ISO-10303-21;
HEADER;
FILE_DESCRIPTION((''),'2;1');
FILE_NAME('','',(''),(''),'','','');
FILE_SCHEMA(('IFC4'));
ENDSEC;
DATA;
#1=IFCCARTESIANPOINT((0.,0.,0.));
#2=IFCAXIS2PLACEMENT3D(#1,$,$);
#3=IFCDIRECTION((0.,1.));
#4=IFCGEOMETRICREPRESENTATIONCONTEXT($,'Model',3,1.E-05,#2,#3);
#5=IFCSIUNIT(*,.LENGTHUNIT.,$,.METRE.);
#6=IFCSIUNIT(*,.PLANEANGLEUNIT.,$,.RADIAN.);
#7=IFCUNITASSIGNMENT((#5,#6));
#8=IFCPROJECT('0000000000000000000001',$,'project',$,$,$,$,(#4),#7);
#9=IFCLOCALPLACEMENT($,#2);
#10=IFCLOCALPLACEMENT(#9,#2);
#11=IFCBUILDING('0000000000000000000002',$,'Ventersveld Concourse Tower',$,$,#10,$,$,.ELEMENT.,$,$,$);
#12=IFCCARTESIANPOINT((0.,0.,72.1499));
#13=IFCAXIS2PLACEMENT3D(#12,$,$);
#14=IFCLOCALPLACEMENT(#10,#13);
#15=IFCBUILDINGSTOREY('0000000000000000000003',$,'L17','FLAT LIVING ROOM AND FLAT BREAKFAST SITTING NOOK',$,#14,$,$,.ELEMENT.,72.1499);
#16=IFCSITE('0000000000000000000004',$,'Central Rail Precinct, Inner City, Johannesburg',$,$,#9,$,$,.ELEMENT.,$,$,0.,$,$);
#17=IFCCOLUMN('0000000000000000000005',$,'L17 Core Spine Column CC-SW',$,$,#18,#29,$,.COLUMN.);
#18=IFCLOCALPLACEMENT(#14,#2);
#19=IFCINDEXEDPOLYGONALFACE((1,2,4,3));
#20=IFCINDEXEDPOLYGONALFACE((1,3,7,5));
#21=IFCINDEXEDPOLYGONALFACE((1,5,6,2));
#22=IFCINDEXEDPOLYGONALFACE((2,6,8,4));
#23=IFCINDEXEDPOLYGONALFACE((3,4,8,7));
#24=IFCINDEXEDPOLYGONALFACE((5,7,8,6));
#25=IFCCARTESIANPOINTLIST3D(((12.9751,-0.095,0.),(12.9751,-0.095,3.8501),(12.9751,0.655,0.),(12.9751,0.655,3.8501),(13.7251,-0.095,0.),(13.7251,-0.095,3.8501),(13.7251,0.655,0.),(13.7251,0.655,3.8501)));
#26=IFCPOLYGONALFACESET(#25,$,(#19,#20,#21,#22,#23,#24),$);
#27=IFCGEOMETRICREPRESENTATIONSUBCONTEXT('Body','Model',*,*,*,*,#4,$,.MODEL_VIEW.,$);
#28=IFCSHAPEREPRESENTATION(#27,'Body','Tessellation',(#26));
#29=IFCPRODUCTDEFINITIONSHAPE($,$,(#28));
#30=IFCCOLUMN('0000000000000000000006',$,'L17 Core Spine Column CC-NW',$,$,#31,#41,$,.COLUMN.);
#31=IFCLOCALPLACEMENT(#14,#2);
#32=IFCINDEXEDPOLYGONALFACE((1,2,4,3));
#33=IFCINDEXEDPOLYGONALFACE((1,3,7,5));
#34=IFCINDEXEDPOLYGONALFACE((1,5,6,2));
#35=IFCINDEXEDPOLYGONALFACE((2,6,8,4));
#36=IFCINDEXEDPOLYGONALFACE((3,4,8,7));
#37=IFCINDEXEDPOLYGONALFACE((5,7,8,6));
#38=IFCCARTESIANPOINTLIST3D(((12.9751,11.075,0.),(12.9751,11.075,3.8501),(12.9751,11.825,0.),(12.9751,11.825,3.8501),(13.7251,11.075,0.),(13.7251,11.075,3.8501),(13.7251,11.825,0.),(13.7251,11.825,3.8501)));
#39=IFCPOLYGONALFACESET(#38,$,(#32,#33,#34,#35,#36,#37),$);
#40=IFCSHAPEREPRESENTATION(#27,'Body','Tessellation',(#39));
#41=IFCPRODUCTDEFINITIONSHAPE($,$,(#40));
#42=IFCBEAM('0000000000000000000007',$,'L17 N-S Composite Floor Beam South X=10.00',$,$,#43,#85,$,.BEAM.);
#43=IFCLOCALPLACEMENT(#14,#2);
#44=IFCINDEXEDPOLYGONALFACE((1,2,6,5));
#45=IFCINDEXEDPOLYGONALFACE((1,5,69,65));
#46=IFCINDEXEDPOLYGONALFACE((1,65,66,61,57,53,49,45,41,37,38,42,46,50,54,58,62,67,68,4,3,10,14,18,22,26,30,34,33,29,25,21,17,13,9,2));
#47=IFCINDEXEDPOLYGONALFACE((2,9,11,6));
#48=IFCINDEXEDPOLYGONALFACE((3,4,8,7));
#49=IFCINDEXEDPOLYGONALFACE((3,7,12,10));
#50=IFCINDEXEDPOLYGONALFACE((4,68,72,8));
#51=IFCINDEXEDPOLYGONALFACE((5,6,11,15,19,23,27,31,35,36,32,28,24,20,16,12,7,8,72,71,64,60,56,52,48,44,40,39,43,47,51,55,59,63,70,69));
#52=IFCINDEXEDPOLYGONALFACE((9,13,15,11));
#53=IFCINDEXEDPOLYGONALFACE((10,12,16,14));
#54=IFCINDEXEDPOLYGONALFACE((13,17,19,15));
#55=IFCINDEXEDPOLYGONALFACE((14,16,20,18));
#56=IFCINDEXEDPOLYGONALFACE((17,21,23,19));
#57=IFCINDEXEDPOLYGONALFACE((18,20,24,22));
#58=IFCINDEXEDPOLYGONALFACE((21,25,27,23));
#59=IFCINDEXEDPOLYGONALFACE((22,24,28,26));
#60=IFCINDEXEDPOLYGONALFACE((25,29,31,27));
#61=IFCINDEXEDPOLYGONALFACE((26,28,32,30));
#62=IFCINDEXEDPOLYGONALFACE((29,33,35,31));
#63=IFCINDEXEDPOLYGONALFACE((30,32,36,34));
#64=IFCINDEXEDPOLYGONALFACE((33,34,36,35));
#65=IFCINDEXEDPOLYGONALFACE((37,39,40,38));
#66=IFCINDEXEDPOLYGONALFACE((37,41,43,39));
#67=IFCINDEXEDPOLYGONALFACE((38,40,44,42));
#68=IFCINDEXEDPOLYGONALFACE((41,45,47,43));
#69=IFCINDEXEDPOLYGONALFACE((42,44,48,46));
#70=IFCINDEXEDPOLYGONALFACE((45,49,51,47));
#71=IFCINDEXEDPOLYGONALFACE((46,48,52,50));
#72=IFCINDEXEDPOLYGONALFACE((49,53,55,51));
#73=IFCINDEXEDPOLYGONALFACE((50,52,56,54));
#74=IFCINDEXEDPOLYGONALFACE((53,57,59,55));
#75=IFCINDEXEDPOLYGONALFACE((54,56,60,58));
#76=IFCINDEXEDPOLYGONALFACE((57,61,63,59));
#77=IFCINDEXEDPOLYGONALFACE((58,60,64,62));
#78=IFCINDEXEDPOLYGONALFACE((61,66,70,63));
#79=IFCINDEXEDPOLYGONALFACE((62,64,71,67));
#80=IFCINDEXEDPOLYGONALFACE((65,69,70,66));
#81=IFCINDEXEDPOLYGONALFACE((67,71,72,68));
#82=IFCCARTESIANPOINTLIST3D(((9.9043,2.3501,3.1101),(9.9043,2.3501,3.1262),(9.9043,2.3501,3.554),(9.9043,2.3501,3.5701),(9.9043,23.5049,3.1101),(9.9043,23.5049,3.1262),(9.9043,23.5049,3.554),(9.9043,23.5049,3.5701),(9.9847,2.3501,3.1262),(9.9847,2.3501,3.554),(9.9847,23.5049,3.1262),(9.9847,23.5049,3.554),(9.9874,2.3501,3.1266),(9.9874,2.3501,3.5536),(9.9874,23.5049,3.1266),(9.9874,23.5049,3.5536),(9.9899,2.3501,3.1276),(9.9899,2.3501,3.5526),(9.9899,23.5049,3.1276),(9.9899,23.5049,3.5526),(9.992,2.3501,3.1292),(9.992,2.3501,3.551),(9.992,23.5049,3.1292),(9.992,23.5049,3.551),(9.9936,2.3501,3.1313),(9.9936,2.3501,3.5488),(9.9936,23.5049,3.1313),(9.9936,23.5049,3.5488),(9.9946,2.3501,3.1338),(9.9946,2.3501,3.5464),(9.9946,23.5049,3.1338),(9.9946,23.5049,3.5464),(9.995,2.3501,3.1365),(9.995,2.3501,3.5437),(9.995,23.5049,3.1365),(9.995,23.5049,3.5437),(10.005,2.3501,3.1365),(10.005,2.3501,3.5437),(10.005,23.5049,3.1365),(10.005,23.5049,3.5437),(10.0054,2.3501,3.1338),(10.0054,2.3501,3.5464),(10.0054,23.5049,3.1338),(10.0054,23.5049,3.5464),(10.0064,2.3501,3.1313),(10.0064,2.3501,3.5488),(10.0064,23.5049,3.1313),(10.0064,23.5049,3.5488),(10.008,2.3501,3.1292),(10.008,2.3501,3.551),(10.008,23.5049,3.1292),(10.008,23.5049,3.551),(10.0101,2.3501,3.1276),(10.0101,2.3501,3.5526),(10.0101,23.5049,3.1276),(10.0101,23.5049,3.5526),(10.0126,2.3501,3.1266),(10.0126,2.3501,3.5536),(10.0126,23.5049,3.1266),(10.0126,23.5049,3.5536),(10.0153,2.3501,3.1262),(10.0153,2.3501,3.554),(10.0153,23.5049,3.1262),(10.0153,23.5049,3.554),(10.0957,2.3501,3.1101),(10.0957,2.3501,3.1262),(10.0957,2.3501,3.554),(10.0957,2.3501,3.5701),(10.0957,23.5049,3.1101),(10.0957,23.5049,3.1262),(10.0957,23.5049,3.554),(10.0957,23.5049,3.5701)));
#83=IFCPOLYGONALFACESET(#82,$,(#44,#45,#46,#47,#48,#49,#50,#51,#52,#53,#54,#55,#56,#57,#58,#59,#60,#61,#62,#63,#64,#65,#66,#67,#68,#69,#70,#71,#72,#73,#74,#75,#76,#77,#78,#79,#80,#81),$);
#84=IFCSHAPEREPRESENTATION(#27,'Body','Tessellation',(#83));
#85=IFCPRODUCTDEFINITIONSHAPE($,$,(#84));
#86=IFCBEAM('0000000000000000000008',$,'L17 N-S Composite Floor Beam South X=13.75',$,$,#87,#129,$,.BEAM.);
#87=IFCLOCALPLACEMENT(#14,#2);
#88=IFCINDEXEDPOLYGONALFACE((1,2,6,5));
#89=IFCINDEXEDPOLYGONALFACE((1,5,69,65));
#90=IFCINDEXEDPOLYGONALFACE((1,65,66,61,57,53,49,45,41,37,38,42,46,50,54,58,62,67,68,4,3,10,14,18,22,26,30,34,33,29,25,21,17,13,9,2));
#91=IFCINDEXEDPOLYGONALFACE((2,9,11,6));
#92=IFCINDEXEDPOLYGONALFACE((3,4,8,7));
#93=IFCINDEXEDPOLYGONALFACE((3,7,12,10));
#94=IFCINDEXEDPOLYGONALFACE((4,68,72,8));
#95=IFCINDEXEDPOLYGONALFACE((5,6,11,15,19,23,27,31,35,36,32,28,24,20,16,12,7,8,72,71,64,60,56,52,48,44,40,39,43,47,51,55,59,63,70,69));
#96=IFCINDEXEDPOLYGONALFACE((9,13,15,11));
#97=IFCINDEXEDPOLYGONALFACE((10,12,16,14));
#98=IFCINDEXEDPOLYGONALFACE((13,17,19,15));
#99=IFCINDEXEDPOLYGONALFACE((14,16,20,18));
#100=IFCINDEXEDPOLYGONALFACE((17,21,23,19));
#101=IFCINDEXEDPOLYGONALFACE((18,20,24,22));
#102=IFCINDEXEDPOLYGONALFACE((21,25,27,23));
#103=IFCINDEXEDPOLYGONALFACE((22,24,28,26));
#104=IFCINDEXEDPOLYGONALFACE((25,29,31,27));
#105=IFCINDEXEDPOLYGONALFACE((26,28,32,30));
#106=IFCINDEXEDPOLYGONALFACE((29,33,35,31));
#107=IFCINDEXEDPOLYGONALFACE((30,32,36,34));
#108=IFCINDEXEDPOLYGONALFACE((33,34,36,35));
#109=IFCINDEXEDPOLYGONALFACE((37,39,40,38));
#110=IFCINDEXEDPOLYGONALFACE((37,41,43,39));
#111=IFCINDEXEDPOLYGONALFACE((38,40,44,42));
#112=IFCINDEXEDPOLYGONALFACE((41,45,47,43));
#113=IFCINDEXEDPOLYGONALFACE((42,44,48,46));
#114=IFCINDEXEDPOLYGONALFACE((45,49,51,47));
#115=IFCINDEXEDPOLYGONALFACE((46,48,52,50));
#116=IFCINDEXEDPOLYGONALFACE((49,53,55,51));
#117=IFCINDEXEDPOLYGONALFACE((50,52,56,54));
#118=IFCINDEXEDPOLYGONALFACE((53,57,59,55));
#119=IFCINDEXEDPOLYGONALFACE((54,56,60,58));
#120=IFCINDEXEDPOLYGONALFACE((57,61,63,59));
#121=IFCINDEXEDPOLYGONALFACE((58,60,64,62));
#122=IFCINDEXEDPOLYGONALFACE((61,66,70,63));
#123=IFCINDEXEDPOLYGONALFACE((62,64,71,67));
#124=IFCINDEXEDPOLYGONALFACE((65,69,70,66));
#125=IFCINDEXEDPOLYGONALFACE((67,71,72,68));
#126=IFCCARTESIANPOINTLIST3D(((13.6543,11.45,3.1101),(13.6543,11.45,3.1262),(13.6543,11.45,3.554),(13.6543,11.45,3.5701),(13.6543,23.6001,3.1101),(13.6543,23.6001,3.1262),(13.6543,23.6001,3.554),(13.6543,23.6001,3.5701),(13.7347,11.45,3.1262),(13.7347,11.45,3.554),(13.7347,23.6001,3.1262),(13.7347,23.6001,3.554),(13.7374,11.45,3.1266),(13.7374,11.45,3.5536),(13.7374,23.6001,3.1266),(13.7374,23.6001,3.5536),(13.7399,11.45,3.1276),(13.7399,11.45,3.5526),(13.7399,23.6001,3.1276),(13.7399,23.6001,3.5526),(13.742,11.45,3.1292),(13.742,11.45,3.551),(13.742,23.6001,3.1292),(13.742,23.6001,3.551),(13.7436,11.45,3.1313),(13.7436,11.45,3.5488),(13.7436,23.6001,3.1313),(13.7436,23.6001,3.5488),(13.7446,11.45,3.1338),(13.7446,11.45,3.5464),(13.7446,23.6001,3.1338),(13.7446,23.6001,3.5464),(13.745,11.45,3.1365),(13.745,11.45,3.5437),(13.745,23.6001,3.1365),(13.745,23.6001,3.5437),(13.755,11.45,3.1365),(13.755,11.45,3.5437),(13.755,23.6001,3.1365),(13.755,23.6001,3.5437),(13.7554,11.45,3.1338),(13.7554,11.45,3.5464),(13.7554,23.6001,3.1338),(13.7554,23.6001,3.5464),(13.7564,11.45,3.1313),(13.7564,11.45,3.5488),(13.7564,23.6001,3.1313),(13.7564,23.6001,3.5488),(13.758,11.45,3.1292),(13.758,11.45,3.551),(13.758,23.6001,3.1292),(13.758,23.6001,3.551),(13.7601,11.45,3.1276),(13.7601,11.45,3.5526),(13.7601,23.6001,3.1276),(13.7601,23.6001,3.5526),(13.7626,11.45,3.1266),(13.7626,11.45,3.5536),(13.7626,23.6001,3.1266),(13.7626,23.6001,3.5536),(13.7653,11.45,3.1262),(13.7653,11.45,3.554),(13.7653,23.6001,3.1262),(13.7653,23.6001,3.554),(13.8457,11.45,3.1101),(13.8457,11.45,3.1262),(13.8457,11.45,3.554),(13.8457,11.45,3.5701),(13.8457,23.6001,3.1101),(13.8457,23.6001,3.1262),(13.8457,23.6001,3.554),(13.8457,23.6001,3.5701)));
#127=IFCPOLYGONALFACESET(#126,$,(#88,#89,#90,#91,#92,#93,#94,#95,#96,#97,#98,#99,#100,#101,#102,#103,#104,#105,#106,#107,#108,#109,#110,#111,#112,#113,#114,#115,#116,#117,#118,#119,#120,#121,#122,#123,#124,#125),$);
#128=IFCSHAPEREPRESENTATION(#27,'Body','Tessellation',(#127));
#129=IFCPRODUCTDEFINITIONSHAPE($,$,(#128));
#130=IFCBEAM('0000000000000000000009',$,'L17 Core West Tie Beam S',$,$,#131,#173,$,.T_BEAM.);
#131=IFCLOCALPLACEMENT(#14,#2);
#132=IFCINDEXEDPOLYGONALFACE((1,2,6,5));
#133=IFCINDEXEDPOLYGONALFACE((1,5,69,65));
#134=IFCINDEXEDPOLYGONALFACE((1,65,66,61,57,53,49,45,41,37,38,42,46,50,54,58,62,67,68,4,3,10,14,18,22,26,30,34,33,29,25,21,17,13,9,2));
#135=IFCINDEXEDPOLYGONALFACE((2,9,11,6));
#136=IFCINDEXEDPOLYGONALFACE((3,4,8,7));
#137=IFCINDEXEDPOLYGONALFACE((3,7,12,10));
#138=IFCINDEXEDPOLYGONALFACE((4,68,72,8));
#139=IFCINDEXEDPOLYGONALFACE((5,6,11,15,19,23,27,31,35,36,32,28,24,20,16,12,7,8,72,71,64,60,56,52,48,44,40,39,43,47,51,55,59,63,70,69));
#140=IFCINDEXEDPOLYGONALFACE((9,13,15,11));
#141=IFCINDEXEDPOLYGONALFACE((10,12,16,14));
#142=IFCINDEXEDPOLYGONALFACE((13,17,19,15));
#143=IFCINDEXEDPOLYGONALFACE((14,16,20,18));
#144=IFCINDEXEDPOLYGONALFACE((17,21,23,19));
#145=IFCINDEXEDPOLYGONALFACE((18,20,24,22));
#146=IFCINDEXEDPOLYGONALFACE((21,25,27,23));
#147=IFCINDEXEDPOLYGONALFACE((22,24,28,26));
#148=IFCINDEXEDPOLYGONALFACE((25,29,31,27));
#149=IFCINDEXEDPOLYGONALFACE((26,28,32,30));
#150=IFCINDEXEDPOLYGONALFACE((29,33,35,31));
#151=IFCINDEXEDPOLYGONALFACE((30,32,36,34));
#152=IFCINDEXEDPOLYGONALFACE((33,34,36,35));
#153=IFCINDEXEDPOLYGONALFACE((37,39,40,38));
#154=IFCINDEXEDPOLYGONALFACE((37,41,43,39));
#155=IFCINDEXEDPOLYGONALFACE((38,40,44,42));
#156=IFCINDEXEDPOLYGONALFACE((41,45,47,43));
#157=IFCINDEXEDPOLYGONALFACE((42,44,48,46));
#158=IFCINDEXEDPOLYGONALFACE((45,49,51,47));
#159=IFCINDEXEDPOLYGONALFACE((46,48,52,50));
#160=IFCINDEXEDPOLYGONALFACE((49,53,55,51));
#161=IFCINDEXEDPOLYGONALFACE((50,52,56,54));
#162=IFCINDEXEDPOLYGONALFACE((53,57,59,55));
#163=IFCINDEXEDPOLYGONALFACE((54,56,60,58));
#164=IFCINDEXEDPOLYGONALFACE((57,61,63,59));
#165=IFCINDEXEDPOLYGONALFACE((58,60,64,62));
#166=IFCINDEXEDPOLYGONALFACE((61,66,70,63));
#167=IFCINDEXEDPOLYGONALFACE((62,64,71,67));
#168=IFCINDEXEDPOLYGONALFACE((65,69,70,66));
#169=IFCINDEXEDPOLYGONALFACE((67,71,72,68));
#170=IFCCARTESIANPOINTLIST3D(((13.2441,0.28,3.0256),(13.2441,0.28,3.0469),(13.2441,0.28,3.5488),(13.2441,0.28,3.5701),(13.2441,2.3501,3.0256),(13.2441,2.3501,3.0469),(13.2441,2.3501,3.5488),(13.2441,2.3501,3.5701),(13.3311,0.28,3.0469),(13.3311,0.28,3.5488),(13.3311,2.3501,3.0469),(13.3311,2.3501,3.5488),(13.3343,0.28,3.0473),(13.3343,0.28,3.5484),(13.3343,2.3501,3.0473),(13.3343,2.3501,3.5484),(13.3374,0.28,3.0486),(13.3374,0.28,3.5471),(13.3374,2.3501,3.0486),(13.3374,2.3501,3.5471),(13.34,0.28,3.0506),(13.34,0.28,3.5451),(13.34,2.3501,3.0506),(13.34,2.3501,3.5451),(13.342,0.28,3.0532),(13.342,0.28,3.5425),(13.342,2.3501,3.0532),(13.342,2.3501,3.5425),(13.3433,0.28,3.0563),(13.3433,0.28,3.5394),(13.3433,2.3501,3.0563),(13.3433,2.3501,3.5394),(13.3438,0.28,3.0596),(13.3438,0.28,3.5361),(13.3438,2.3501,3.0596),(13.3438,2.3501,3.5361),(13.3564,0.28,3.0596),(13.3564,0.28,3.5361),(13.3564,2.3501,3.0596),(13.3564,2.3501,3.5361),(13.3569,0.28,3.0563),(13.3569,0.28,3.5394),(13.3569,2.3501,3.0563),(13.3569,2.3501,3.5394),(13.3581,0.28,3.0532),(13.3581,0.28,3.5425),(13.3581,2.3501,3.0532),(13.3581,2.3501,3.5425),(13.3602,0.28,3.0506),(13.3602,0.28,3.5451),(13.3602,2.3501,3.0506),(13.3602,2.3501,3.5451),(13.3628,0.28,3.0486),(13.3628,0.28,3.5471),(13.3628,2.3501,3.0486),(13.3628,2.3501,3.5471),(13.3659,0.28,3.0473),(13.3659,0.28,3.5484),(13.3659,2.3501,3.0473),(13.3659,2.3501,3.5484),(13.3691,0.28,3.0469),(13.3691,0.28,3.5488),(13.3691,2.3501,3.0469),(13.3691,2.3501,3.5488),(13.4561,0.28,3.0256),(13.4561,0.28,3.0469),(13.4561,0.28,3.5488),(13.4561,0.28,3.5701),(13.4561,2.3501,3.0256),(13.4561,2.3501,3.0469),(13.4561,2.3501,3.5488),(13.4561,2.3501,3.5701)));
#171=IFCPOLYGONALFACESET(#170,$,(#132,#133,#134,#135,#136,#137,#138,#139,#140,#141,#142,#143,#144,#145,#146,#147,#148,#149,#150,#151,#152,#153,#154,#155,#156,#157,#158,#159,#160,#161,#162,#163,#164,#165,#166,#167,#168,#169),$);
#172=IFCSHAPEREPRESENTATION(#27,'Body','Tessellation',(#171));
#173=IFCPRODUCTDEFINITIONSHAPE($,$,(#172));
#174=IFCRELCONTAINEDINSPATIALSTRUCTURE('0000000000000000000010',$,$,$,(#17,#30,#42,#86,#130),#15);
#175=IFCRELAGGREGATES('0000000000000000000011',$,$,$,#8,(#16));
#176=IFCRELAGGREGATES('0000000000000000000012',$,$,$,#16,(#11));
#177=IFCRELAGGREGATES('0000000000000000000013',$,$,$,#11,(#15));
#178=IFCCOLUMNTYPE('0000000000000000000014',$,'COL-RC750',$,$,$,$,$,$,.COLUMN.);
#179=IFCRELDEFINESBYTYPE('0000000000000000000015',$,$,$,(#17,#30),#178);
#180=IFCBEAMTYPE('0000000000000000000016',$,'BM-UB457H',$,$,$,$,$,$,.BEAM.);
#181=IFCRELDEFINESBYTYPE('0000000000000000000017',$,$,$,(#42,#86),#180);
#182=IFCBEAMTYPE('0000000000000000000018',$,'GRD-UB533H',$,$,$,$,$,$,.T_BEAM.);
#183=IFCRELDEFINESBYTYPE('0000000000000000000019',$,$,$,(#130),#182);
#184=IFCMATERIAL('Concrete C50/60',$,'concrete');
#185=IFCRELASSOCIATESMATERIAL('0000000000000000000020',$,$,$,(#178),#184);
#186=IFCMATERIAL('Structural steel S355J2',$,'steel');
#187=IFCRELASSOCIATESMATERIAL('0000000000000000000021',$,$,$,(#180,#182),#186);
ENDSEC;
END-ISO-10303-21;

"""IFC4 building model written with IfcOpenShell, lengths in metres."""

from ifc_helpers import new_model, si_unit, direction, frame, origin, origin_2d, place, context, subcontext, project, spatial, rectangle, i_section, extrude, material, material_profile, profile_set, type_object, element, save


model = new_model("IFC4")

# Units and contexts
model_context = context("Model", 3, precision=1e-05, world=origin(), true_north=direction((0.0, 1.0)))
body_context = subcontext(model_context, "Body", "Model", "MODEL_VIEW")
ifc_project = project(units=[si_unit("LENGTHUNIT", "METRE"), si_unit("PLANEANGLEUNIT", "RADIAN")], contexts=[model_context])

# Site, building, storey
site_placement = place(None, origin())
site = spatial("IfcSite", under=ifc_project, at=site_placement, Name="Central Rail Precinct, Inner City, Johannesburg", CompositionType="ELEMENT", RefElevation=0.0)
building_placement = place(site_placement, origin())
building = spatial("IfcBuilding", under=site, at=building_placement, Name="Ventersveld Concourse Tower", CompositionType="ELEMENT")
storey_placement = place(building_placement, frame((0.0, 0.0, 72.1499)))
storey = spatial("IfcBuildingStorey", under=building, at=storey_placement, Name="L17", Description="FLAT LIVING ROOM AND FLAT BREAKFAST SITTING NOOK", CompositionType="ELEMENT", Elevation=72.1499)

# Columns
ifc_material_1 = material(Name="Concrete C50/60", Category="concrete")
ifc_material_profile_1 = material_profile(ifc_material_1, rectangle(XDim=0.75, YDim=0.75, at=origin_2d()), Name="RC 750x750")
ifc_profile_set_1 = profile_set([ifc_material_profile_1], Name="Concrete C50/60")
column_type = type_object("IfcColumnType", Name="COL-RC750", PredefinedType="COLUMN", material=ifc_profile_set_1)
for number, where, z_axis, x_axis, name in (
    (1, (13.3501, 0.28, 0.0), (0.0, 0.0, 1.0), (1.0, 0.0, 0.0), "L17 Core Spine Column CC-SW"),
    (2, (13.3501, 11.45, 0.0), (0.0, 0.0, 1.0), (1.0, 0.0, 0.0), "L17 Core Spine Column CC-NW"),
):
    element("IfcColumn", number, at=place(storey_placement, frame(where, z_axis=z_axis, x_axis=x_axis)), inside=storey, type_object=column_type, Name=name, PredefinedType="COLUMN", context=body_context, shape_type="SweptSolid", body=[
        extrude(rectangle(XDim=0.75, YDim=0.75, at=origin_2d()), origin(), (0.0, 0.0, 1.0), 3.8501),
    ])

# Beams
ifc_material_2 = material(Name="Structural steel S355J2", Category="steel")
ifc_material_profile_2 = material_profile(ifc_material_2, i_section(OverallWidth=0.1914, OverallDepth=0.46, WebThickness=0.01, FlangeThickness=0.0161, FilletRadius=0.0103, at=origin_2d()), Name="UB 457x191x82")
ifc_profile_set_2 = profile_set([ifc_material_profile_2], Name="Structural steel S355J2")
beam_type_1 = type_object("IfcBeamType", Name="BM-UB457H", PredefinedType="BEAM", material=ifc_profile_set_2)
beam_1_placement = place(storey_placement, frame((10.0, 2.3501, 3.3401), z_axis=(0.0, 1.0, 0.0), x_axis=(-1.0, 0.0, 0.0)))
element("IfcBeam", 3, at=beam_1_placement, inside=storey, type_object=beam_type_1, Name="L17 N-S Composite Floor Beam South X=10.00", PredefinedType="BEAM", context=body_context, shape_type="SweptSolid", body=[
    extrude(i_section(OverallWidth=0.1914, OverallDepth=0.46, WebThickness=0.01, FlangeThickness=0.0161, FilletRadius=0.0103, at=origin_2d()), origin(), (0.0, 0.0, 1.0), 21.1548),
])
beam_2_placement = place(storey_placement, frame((13.75, 11.45, 3.3401), z_axis=(0.0, 1.0, 0.0), x_axis=(-1.0, 0.0, 0.0)))
element("IfcBeam", 4, at=beam_2_placement, inside=storey, type_object=beam_type_1, Name="L17 N-S Composite Floor Beam South X=13.75", PredefinedType="BEAM", context=body_context, shape_type="SweptSolid", body=[
    extrude(i_section(OverallWidth=0.1914, OverallDepth=0.46, WebThickness=0.01, FlangeThickness=0.0161, FilletRadius=0.0103, at=origin_2d()), origin(), (0.0, 0.0, 1.0), 12.1501),
])
ifc_material_profile_3 = material_profile(ifc_material_2, i_section(OverallWidth=0.2119, OverallDepth=0.5444, WebThickness=0.0127, FlangeThickness=0.0212, FilletRadius=0.0127, at=origin_2d()), Name="UB 533x210x122")
ifc_profile_set_3 = profile_set([ifc_material_profile_3], Name="Structural steel S355J2")
beam_type_2 = type_object("IfcBeamType", Name="GRD-UB533H", PredefinedType="T_BEAM", material=ifc_profile_set_3)
beam_3_placement = place(storey_placement, frame((13.3501, 0.28, 3.2979), z_axis=(0.0, 1.0, 0.0), x_axis=(-1.0, 0.0, 0.0)))
element("IfcBeam", 5, at=beam_3_placement, inside=storey, type_object=beam_type_2, Name="L17 Core West Tie Beam S", PredefinedType="T_BEAM", context=body_context, shape_type="SweptSolid", body=[
    extrude(i_section(OverallWidth=0.2119, OverallDepth=0.5444, WebThickness=0.0127, FlangeThickness=0.0212, FilletRadius=0.0127, at=origin_2d()), origin(), (0.0, 0.0, 1.0), 2.0701),
])

save(model, "model.ifc")
